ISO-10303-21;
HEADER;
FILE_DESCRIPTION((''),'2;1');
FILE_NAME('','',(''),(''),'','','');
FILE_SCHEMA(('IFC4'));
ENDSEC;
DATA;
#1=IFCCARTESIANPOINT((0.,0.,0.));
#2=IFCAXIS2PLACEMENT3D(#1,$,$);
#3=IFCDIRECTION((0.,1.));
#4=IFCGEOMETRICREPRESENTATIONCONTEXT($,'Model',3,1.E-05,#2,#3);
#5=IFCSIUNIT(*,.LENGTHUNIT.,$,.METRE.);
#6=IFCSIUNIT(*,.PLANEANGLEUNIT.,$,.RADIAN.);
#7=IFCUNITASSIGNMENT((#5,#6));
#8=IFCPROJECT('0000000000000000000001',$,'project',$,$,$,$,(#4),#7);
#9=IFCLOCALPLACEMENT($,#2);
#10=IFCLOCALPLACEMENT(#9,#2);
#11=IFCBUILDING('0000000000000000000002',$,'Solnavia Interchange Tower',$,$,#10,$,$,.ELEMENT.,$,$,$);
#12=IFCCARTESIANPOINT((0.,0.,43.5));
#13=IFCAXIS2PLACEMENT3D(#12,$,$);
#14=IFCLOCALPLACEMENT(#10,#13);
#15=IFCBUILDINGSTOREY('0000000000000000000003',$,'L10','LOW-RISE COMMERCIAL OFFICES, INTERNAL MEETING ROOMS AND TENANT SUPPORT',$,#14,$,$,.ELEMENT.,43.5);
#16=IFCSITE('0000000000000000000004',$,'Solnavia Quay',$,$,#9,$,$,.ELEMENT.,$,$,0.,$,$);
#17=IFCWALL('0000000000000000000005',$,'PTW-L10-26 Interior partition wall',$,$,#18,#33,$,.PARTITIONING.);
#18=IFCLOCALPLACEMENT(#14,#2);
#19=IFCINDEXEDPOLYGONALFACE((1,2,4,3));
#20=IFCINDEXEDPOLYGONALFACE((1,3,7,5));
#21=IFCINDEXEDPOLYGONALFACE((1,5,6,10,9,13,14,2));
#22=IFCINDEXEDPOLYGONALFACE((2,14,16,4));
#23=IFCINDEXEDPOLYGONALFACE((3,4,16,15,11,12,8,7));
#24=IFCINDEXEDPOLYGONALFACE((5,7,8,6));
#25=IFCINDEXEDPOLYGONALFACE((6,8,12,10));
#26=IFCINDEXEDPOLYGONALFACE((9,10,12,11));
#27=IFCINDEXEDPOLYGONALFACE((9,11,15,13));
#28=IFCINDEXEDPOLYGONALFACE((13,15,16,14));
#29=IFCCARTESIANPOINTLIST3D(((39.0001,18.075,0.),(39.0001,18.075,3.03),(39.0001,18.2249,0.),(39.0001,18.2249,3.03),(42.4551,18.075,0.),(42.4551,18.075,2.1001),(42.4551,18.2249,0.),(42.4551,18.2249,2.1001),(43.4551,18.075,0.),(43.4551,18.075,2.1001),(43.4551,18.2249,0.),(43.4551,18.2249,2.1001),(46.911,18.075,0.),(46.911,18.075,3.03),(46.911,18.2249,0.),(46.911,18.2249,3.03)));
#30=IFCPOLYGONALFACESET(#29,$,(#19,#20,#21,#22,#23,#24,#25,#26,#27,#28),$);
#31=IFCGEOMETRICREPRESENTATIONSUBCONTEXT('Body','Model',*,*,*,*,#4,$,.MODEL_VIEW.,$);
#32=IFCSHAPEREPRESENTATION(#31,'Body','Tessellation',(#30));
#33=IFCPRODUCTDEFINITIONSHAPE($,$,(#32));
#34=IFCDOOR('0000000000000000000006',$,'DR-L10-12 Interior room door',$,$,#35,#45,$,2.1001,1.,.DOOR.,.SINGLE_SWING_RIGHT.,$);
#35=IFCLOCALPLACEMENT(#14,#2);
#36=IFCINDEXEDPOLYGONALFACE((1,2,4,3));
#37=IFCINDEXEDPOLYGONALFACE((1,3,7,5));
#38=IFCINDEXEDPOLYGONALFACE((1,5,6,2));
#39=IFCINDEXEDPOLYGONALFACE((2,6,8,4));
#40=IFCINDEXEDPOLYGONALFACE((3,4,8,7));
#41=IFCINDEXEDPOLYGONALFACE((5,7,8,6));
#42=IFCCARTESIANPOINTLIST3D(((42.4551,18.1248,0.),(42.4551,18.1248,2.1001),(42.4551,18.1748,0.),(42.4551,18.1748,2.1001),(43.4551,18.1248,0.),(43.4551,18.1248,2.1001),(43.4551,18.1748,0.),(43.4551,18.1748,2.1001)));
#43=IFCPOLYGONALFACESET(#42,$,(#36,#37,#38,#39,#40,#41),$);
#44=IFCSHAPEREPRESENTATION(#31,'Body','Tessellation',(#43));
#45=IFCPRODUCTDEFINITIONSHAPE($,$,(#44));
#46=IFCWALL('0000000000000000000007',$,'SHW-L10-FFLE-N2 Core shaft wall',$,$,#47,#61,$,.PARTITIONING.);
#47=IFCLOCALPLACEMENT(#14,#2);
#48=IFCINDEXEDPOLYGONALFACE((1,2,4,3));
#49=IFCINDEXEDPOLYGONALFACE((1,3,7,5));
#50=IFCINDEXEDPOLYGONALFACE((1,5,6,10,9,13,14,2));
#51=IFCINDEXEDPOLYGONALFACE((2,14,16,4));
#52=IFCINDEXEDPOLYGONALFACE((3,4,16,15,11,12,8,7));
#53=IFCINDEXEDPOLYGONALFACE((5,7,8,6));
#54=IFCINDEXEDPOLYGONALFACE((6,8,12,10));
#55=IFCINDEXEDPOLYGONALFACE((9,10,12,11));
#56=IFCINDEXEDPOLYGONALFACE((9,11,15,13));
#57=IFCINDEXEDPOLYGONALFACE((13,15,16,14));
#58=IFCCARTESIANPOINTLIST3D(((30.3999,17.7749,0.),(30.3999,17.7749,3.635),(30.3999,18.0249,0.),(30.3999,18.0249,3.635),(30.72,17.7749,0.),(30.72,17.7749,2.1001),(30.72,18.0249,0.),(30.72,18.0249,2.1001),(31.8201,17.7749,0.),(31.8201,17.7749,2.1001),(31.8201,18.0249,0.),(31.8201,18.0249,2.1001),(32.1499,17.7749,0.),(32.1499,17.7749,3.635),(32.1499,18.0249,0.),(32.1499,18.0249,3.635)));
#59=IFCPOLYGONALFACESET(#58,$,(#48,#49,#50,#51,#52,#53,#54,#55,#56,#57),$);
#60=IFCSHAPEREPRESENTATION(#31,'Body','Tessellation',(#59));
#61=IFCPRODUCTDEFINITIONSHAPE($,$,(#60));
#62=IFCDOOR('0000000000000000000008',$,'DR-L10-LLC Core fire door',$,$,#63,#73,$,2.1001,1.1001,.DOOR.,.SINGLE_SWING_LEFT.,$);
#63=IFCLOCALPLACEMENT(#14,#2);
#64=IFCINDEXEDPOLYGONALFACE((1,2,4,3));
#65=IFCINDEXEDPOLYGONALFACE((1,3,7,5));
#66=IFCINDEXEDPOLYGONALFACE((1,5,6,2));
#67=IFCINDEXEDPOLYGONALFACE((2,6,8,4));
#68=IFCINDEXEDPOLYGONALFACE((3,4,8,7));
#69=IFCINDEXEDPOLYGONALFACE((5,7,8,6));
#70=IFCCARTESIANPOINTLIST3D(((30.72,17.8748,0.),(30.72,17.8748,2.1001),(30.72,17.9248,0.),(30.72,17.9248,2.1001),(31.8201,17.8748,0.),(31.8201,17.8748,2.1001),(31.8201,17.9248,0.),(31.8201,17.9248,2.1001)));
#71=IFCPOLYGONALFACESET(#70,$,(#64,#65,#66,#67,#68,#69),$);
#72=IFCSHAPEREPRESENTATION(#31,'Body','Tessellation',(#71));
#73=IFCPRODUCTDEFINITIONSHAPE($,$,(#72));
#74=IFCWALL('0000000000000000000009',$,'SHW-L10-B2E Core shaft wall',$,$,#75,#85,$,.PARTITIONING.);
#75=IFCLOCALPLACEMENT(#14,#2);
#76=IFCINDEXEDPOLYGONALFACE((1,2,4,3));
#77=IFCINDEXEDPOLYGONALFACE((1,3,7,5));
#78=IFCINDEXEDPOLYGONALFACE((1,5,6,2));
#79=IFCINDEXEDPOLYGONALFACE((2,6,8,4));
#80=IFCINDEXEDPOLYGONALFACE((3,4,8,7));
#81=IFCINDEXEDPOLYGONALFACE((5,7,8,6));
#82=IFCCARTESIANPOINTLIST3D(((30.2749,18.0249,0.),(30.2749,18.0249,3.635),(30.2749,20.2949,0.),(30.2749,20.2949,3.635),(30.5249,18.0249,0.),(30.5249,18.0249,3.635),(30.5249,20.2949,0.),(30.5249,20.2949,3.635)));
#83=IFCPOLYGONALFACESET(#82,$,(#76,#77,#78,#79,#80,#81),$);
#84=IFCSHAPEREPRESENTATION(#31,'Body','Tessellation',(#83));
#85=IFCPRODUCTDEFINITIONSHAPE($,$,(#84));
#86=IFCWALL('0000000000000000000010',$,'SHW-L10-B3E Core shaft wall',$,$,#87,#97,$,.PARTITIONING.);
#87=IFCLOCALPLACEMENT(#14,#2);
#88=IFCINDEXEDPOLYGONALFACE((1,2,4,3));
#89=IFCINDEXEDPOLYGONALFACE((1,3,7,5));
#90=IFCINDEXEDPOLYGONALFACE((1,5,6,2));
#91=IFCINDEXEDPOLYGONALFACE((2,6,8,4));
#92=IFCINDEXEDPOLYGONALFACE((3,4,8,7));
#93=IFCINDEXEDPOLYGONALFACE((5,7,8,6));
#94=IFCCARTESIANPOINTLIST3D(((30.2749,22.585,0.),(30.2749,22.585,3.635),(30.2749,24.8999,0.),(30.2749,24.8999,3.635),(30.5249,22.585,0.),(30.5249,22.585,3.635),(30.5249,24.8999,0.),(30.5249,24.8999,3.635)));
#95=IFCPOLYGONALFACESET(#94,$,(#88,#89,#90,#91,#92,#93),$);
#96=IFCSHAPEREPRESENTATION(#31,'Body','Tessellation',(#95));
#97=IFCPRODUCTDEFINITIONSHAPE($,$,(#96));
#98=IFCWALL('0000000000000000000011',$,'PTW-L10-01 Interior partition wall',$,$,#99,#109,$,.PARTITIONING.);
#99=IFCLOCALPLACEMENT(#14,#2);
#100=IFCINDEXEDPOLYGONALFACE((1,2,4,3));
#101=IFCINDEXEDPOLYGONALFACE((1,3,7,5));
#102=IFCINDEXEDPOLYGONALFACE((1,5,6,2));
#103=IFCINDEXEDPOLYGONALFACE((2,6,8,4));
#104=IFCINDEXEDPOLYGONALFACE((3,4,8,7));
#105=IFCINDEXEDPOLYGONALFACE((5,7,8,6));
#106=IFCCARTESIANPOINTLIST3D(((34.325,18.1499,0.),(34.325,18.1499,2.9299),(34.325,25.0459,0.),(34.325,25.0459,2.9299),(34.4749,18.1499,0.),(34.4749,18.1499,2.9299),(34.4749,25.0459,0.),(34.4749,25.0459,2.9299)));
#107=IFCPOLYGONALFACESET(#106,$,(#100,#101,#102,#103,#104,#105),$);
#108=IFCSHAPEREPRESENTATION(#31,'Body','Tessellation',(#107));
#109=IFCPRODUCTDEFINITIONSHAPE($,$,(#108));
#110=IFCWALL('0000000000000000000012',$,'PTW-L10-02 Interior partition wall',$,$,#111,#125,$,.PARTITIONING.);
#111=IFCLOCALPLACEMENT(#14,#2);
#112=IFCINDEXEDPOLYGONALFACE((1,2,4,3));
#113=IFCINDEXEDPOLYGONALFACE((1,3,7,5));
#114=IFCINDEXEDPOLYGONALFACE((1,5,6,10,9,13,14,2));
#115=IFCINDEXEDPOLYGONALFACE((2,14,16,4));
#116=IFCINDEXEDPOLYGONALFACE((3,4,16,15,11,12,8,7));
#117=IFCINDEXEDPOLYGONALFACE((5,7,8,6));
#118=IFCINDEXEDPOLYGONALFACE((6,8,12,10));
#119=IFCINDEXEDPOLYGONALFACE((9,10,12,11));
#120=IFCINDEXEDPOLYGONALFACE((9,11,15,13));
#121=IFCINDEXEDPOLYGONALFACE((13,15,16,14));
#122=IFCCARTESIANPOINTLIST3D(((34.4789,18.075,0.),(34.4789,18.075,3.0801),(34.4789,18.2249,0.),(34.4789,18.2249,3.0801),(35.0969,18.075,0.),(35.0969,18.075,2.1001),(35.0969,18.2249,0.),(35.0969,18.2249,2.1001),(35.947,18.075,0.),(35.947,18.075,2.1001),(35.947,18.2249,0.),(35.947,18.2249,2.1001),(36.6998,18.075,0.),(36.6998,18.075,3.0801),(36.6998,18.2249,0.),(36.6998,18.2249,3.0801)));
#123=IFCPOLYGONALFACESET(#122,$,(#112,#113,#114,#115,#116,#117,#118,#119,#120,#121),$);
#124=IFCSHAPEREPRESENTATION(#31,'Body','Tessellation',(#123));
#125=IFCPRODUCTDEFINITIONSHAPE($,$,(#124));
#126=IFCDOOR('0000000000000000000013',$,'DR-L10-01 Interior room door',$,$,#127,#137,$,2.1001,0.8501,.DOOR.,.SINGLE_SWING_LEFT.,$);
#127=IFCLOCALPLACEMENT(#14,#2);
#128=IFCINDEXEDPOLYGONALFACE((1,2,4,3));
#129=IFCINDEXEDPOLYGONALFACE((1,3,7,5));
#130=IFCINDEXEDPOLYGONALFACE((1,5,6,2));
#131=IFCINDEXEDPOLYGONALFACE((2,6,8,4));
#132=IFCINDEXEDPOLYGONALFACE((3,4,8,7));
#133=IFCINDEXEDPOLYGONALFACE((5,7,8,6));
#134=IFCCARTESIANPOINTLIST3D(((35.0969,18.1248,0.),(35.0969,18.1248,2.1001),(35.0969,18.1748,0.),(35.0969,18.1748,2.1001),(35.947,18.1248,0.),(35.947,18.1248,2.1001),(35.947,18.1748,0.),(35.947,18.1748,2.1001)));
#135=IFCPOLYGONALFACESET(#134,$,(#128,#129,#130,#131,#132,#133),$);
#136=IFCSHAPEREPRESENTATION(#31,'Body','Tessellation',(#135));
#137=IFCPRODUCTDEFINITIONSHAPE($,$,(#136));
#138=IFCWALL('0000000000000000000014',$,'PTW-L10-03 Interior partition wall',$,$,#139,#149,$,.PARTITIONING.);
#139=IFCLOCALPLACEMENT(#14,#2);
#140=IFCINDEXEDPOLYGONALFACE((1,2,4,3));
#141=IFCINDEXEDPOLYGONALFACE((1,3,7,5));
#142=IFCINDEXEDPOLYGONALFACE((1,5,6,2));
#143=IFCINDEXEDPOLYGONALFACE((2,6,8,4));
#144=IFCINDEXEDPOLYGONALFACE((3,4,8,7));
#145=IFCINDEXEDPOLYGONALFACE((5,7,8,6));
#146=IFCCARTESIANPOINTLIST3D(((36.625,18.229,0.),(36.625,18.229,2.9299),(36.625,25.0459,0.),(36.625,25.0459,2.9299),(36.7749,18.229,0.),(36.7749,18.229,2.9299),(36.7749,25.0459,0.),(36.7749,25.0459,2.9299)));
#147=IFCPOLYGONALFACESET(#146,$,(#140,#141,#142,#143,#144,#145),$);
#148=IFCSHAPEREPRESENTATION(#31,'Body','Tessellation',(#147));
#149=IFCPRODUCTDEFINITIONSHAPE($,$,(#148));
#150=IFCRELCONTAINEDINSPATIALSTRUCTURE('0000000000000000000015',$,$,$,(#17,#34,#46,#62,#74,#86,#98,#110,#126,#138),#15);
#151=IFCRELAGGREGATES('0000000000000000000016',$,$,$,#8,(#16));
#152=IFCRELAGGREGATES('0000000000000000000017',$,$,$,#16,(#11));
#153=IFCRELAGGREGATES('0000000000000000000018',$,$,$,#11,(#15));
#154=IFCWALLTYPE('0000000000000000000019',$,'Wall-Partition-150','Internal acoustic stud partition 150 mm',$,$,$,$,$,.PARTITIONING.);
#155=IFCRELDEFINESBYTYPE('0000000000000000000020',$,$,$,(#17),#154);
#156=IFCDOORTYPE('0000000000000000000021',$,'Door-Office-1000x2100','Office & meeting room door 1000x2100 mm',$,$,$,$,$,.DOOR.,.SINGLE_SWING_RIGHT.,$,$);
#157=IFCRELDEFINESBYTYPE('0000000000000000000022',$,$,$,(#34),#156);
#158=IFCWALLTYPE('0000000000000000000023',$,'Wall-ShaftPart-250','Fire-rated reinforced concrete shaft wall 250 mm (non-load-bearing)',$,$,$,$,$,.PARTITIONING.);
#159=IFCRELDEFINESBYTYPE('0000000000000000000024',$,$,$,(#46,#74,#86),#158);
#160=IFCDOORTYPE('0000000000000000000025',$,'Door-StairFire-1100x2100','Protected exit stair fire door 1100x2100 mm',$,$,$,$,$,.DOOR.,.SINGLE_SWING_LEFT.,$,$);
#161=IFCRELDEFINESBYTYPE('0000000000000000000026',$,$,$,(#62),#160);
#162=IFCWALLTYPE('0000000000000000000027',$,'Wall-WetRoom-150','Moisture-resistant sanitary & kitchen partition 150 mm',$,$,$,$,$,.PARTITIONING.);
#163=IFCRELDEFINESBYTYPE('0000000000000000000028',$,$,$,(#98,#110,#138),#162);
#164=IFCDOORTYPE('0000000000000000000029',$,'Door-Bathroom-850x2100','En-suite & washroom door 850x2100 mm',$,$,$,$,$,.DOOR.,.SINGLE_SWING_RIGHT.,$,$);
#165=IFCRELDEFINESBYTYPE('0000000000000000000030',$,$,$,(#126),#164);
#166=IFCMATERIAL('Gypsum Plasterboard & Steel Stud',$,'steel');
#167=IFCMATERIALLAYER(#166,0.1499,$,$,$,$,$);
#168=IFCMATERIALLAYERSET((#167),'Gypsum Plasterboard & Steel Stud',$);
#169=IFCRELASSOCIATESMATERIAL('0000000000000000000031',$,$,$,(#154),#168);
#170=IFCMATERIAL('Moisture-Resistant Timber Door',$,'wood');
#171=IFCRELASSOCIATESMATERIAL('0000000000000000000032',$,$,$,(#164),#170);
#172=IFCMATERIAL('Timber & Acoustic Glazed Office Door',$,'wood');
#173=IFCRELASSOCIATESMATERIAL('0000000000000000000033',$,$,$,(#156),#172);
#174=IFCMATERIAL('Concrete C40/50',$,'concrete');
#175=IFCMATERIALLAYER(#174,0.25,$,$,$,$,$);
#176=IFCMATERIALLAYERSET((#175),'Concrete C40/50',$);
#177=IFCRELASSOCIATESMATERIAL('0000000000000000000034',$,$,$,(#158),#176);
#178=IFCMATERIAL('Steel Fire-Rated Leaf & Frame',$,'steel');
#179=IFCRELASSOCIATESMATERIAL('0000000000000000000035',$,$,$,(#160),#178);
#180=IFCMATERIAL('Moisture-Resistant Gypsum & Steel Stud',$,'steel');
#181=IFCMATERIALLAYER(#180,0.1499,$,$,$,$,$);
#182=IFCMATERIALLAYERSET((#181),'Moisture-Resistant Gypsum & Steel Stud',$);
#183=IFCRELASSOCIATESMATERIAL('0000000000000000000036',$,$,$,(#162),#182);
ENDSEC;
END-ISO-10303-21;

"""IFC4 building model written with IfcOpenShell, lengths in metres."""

from ifc_helpers import new_model, si_unit, direction, frame, frame_2d, origin, place, context, subcontext, project, spatial, rectangle, extrude, material, layer, layer_set, type_object, element, fill, save


model = new_model("IFC4")

# Units and contexts
model_context = context("Model", 3, precision=1e-05, world=origin(), true_north=direction((0.0, 1.0)))
body_context = subcontext(model_context, "Body", "Model", "MODEL_VIEW")
ifc_project = project(units=[si_unit("LENGTHUNIT", "METRE"), si_unit("PLANEANGLEUNIT", "RADIAN")], contexts=[model_context])

# Site, building, storey
site_placement = place(None, origin())
site = spatial("IfcSite", under=ifc_project, at=site_placement, Name="Solnavia Quay", CompositionType="ELEMENT", RefElevation=0.0)
building_placement = place(site_placement, origin())
building = spatial("IfcBuilding", under=site, at=building_placement, Name="Solnavia Interchange Tower", CompositionType="ELEMENT")
storey_placement = place(building_placement, frame((0.0, 0.0, 43.5)))
storey = spatial("IfcBuildingStorey", under=building, at=storey_placement, Name="L10", Description="LOW-RISE COMMERCIAL OFFICES, INTERNAL MEETING ROOMS AND TENANT SUPPORT", CompositionType="ELEMENT", Elevation=43.5)

# Shared definitions
ifc_material_1 = material(Name="Concrete C40/50", Category="concrete")

# Walls, openings, doors
ifc_material_2 = material(Name="Gypsum Plasterboard & Steel Stud", Category="steel")
ifc_layer_1 = layer(ifc_material_2, 0.1499)
ifc_layer_set_1 = layer_set([ifc_layer_1], Name="Gypsum Plasterboard & Steel Stud")
wall_type_1 = type_object("IfcWallType", Name="Wall-Partition-150", Description="Internal acoustic stud partition 150 mm", PredefinedType="PARTITIONING", material=ifc_layer_set_1)
ifc_material_3 = material(Name="Moisture-Resistant Timber Door", Category="wood")
door_type_1 = type_object("IfcDoorType", Name="Door-Bathroom-850x2100", Description="En-suite & washroom door 850x2100 mm", OperationType="SINGLE_SWING_RIGHT", PredefinedType="DOOR", material=ifc_material_3)
wall_1_placement = place(storey_placement, frame((39.0, 18.1499, 0.0), z_axis=(0.0, 0.0, 1.0), x_axis=(1.0, 0.0, 0.0)))
wall_1 = element("IfcWall", 1, at=wall_1_placement, inside=storey, type_object=wall_type_1, Name="PTW-L10-26 Interior partition wall", PredefinedType="PARTITIONING", context=body_context, shape_type="SweptSolid", body=[
    extrude(rectangle(XDim=7.9109, YDim=0.1499, at=frame_2d((3.9556, 0.0))), origin(), (0.0, 0.0, 1.0), 3.03),
])
opening_1_placement = place(wall_1_placement, frame((3.4551, 0.0, 0.0)))
opening_1 = element("IfcOpeningElement", 2, at=opening_1_placement, cuts=wall_1, PredefinedType="OPENING", context=body_context, shape_type="SweptSolid", body=[
    extrude(rectangle(XDim=1.0, YDim=2.1001, at=frame_2d((0.5, 1.05))), frame((0.0, 0.085, 0.0), z_axis=(0.0, -1.0, 0.0), x_axis=(1.0, 0.0, 0.0)), (0.0, 0.0, 1.0), 0.1699),
])
ifc_material_4 = material(Name="Timber & Acoustic Glazed Office Door", Category="wood")
door_type_2 = type_object("IfcDoorType", Name="Door-Office-1000x2100", Description="Office & meeting room door 1000x2100 mm", OperationType="SINGLE_SWING_RIGHT", PredefinedType="DOOR", material=ifc_material_4)
door_1_placement = place(opening_1_placement, origin())
door_1 = element("IfcDoor", 3, at=door_1_placement, inside=storey, type_object=door_type_2, Name="DR-L10-12 Interior room door", OperationType="SINGLE_SWING_RIGHT", OverallHeight=2.1001, OverallWidth=1.0, PredefinedType="DOOR", context=body_context, shape_type="SweptSolid", body=[
    extrude(rectangle(XDim=1.0, YDim=2.1001, at=frame_2d((0.5, 1.05))), frame((0.0, 0.0249, 0.0), z_axis=(0.0, -1.0, 0.0), x_axis=(1.0, 0.0, 0.0)), (0.0, 0.0, 1.0), 0.05),
])
fill(opening_1, door_1)
ifc_layer_2 = layer(ifc_material_1, 0.25)
ifc_layer_set_2 = layer_set([ifc_layer_2], Name="Concrete C40/50")
wall_type_2 = type_object("IfcWallType", Name="Wall-ShaftPart-250", Description="Fire-rated reinforced concrete shaft wall 250 mm (non-load-bearing)", PredefinedType="PARTITIONING", material=ifc_layer_set_2)
wall_2_placement = place(storey_placement, frame((30.3999, 17.8999, 0.0), z_axis=(0.0, 0.0, 1.0), x_axis=(1.0, 0.0, 0.0)))
wall_2 = element("IfcWall", 4, at=wall_2_placement, inside=storey, type_object=wall_type_2, Name="SHW-L10-FFLE-N2 Core shaft wall", PredefinedType="PARTITIONING", context=body_context, shape_type="SweptSolid", body=[
    extrude(rectangle(XDim=1.75, YDim=0.25, at=frame_2d((0.875, 0.0))), origin(), (0.0, 0.0, 1.0), 3.635),
])
opening_2_placement = place(wall_2_placement, frame((0.3201, 0.0, 0.0)))
opening_2 = element("IfcOpeningElement", 5, at=opening_2_placement, cuts=wall_2, PredefinedType="OPENING", context=body_context, shape_type="SweptSolid", body=[
    extrude(rectangle(XDim=1.1001, YDim=2.1001, at=frame_2d((0.55, 1.05))), frame((0.0, 0.135, 0.0), z_axis=(0.0, -1.0, 0.0), x_axis=(1.0, 0.0, 0.0)), (0.0, 0.0, 1.0), 0.27),
])
ifc_material_5 = material(Name="Steel Fire-Rated Leaf & Frame", Category="steel")
door_type_3 = type_object("IfcDoorType", Name="Door-StairFire-1100x2100", Description="Protected exit stair fire door 1100x2100 mm", OperationType="SINGLE_SWING_LEFT", PredefinedType="DOOR", material=ifc_material_5)
door_2_placement = place(opening_2_placement, origin())
door_2 = element("IfcDoor", 6, at=door_2_placement, inside=storey, type_object=door_type_3, Name="DR-L10-LLC Core fire door", OperationType="SINGLE_SWING_LEFT", OverallHeight=2.1001, OverallWidth=1.1001, PredefinedType="DOOR", context=body_context, shape_type="SweptSolid", body=[
    extrude(rectangle(XDim=1.1001, YDim=2.1001, at=frame_2d((0.55, 1.05))), frame((0.0, 0.0249, 0.0), z_axis=(0.0, -1.0, 0.0), x_axis=(1.0, 0.0, 0.0)), (0.0, 0.0, 1.0), 0.05),
])
fill(opening_2, door_2)

# Walls
wall_3_placement = place(storey_placement, frame((30.3999, 18.0249, 0.0), z_axis=(0.0, 0.0, 1.0), x_axis=(0.0, 1.0, 0.0)))
element("IfcWall", 7, at=wall_3_placement, inside=storey, type_object=wall_type_2, Name="SHW-L10-B2E Core shaft wall", PredefinedType="PARTITIONING", context=body_context, shape_type="SweptSolid", body=[
    extrude(rectangle(XDim=2.27, YDim=0.25, at=frame_2d((1.135, 0.0))), origin(), (0.0, 0.0, 1.0), 3.635),
])
wall_4_placement = place(storey_placement, frame((30.3999, 22.585, 0.0), z_axis=(0.0, 0.0, 1.0), x_axis=(0.0, 1.0, 0.0)))
element("IfcWall", 8, at=wall_4_placement, inside=storey, type_object=wall_type_2, Name="SHW-L10-B3E Core shaft wall", PredefinedType="PARTITIONING", context=body_context, shape_type="SweptSolid", body=[
    extrude(rectangle(XDim=2.3149, YDim=0.25, at=frame_2d((1.1575, 0.0))), origin(), (0.0, 0.0, 1.0), 3.635),
])
ifc_material_6 = material(Name="Moisture-Resistant Gypsum & Steel Stud", Category="steel")
ifc_layer_3 = layer(ifc_material_6, 0.1499)
ifc_layer_set_3 = layer_set([ifc_layer_3], Name="Moisture-Resistant Gypsum & Steel Stud")
wall_type_3 = type_object("IfcWallType", Name="Wall-WetRoom-150", Description="Moisture-resistant sanitary & kitchen partition 150 mm", PredefinedType="PARTITIONING", material=ifc_layer_set_3)
wall_5_placement = place(storey_placement, frame((34.3999, 18.1499, 0.0), z_axis=(0.0, 0.0, 1.0), x_axis=(0.0, 1.0, 0.0)))
element("IfcWall", 9, at=wall_5_placement, inside=storey, type_object=wall_type_3, Name="PTW-L10-01 Interior partition wall", PredefinedType="PARTITIONING", context=body_context, shape_type="SweptSolid", body=[
    extrude(rectangle(XDim=6.896, YDim=0.1499, at=frame_2d((3.448, 0.0))), origin(), (0.0, 0.0, 1.0), 2.9299),
])

# Wall, opening, door
wall_6_placement = place(storey_placement, frame((34.479, 18.1499, 0.0), z_axis=(0.0, 0.0, 1.0), x_axis=(1.0, 0.0, 0.0)))
wall_6 = element("IfcWall", 10, at=wall_6_placement, inside=storey, type_object=wall_type_3, Name="PTW-L10-02 Interior partition wall", PredefinedType="PARTITIONING", context=body_context, shape_type="SweptSolid", body=[
    extrude(rectangle(XDim=2.2209, YDim=0.1499, at=frame_2d((1.1104, 0.0))), origin(), (0.0, 0.0, 1.0), 3.0801),
])
opening_3_placement = place(wall_6_placement, frame((0.6179, 0.0, 0.0)))
opening_3 = element("IfcOpeningElement", 11, at=opening_3_placement, cuts=wall_6, PredefinedType="OPENING", context=body_context, shape_type="SweptSolid", body=[
    extrude(rectangle(XDim=0.8501, YDim=2.1001, at=frame_2d((0.425, 1.05))), frame((0.0, 0.085, 0.0), z_axis=(0.0, -1.0, 0.0), x_axis=(1.0, 0.0, 0.0)), (0.0, 0.0, 1.0), 0.1699),
])
door_3_placement = place(opening_3_placement, origin())
door_3 = element("IfcDoor", 12, at=door_3_placement, inside=storey, type_object=door_type_1, Name="DR-L10-01 Interior room door", OperationType="SINGLE_SWING_LEFT", OverallHeight=2.1001, OverallWidth=0.8501, PredefinedType="DOOR", context=body_context, shape_type="SweptSolid", body=[
    extrude(rectangle(XDim=0.8501, YDim=2.1001, at=frame_2d((0.425, 1.05))), frame((0.0, 0.0249, 0.0), z_axis=(0.0, -1.0, 0.0), x_axis=(1.0, 0.0, 0.0)), (0.0, 0.0, 1.0), 0.05),
])
fill(opening_3, door_3)

# Wall
wall_7_placement = place(storey_placement, frame((36.7, 18.229, 0.0), z_axis=(0.0, 0.0, 1.0), x_axis=(0.0, 1.0, 0.0)))
element("IfcWall", 13, at=wall_7_placement, inside=storey, type_object=wall_type_3, Name="PTW-L10-03 Interior partition wall", PredefinedType="PARTITIONING", context=body_context, shape_type="SweptSolid", body=[
    extrude(rectangle(XDim=6.8169, YDim=0.1499, at=frame_2d((3.4084, 0.0))), origin(), (0.0, 0.0, 1.0), 2.9299),
])

save(model, "model.ifc")
